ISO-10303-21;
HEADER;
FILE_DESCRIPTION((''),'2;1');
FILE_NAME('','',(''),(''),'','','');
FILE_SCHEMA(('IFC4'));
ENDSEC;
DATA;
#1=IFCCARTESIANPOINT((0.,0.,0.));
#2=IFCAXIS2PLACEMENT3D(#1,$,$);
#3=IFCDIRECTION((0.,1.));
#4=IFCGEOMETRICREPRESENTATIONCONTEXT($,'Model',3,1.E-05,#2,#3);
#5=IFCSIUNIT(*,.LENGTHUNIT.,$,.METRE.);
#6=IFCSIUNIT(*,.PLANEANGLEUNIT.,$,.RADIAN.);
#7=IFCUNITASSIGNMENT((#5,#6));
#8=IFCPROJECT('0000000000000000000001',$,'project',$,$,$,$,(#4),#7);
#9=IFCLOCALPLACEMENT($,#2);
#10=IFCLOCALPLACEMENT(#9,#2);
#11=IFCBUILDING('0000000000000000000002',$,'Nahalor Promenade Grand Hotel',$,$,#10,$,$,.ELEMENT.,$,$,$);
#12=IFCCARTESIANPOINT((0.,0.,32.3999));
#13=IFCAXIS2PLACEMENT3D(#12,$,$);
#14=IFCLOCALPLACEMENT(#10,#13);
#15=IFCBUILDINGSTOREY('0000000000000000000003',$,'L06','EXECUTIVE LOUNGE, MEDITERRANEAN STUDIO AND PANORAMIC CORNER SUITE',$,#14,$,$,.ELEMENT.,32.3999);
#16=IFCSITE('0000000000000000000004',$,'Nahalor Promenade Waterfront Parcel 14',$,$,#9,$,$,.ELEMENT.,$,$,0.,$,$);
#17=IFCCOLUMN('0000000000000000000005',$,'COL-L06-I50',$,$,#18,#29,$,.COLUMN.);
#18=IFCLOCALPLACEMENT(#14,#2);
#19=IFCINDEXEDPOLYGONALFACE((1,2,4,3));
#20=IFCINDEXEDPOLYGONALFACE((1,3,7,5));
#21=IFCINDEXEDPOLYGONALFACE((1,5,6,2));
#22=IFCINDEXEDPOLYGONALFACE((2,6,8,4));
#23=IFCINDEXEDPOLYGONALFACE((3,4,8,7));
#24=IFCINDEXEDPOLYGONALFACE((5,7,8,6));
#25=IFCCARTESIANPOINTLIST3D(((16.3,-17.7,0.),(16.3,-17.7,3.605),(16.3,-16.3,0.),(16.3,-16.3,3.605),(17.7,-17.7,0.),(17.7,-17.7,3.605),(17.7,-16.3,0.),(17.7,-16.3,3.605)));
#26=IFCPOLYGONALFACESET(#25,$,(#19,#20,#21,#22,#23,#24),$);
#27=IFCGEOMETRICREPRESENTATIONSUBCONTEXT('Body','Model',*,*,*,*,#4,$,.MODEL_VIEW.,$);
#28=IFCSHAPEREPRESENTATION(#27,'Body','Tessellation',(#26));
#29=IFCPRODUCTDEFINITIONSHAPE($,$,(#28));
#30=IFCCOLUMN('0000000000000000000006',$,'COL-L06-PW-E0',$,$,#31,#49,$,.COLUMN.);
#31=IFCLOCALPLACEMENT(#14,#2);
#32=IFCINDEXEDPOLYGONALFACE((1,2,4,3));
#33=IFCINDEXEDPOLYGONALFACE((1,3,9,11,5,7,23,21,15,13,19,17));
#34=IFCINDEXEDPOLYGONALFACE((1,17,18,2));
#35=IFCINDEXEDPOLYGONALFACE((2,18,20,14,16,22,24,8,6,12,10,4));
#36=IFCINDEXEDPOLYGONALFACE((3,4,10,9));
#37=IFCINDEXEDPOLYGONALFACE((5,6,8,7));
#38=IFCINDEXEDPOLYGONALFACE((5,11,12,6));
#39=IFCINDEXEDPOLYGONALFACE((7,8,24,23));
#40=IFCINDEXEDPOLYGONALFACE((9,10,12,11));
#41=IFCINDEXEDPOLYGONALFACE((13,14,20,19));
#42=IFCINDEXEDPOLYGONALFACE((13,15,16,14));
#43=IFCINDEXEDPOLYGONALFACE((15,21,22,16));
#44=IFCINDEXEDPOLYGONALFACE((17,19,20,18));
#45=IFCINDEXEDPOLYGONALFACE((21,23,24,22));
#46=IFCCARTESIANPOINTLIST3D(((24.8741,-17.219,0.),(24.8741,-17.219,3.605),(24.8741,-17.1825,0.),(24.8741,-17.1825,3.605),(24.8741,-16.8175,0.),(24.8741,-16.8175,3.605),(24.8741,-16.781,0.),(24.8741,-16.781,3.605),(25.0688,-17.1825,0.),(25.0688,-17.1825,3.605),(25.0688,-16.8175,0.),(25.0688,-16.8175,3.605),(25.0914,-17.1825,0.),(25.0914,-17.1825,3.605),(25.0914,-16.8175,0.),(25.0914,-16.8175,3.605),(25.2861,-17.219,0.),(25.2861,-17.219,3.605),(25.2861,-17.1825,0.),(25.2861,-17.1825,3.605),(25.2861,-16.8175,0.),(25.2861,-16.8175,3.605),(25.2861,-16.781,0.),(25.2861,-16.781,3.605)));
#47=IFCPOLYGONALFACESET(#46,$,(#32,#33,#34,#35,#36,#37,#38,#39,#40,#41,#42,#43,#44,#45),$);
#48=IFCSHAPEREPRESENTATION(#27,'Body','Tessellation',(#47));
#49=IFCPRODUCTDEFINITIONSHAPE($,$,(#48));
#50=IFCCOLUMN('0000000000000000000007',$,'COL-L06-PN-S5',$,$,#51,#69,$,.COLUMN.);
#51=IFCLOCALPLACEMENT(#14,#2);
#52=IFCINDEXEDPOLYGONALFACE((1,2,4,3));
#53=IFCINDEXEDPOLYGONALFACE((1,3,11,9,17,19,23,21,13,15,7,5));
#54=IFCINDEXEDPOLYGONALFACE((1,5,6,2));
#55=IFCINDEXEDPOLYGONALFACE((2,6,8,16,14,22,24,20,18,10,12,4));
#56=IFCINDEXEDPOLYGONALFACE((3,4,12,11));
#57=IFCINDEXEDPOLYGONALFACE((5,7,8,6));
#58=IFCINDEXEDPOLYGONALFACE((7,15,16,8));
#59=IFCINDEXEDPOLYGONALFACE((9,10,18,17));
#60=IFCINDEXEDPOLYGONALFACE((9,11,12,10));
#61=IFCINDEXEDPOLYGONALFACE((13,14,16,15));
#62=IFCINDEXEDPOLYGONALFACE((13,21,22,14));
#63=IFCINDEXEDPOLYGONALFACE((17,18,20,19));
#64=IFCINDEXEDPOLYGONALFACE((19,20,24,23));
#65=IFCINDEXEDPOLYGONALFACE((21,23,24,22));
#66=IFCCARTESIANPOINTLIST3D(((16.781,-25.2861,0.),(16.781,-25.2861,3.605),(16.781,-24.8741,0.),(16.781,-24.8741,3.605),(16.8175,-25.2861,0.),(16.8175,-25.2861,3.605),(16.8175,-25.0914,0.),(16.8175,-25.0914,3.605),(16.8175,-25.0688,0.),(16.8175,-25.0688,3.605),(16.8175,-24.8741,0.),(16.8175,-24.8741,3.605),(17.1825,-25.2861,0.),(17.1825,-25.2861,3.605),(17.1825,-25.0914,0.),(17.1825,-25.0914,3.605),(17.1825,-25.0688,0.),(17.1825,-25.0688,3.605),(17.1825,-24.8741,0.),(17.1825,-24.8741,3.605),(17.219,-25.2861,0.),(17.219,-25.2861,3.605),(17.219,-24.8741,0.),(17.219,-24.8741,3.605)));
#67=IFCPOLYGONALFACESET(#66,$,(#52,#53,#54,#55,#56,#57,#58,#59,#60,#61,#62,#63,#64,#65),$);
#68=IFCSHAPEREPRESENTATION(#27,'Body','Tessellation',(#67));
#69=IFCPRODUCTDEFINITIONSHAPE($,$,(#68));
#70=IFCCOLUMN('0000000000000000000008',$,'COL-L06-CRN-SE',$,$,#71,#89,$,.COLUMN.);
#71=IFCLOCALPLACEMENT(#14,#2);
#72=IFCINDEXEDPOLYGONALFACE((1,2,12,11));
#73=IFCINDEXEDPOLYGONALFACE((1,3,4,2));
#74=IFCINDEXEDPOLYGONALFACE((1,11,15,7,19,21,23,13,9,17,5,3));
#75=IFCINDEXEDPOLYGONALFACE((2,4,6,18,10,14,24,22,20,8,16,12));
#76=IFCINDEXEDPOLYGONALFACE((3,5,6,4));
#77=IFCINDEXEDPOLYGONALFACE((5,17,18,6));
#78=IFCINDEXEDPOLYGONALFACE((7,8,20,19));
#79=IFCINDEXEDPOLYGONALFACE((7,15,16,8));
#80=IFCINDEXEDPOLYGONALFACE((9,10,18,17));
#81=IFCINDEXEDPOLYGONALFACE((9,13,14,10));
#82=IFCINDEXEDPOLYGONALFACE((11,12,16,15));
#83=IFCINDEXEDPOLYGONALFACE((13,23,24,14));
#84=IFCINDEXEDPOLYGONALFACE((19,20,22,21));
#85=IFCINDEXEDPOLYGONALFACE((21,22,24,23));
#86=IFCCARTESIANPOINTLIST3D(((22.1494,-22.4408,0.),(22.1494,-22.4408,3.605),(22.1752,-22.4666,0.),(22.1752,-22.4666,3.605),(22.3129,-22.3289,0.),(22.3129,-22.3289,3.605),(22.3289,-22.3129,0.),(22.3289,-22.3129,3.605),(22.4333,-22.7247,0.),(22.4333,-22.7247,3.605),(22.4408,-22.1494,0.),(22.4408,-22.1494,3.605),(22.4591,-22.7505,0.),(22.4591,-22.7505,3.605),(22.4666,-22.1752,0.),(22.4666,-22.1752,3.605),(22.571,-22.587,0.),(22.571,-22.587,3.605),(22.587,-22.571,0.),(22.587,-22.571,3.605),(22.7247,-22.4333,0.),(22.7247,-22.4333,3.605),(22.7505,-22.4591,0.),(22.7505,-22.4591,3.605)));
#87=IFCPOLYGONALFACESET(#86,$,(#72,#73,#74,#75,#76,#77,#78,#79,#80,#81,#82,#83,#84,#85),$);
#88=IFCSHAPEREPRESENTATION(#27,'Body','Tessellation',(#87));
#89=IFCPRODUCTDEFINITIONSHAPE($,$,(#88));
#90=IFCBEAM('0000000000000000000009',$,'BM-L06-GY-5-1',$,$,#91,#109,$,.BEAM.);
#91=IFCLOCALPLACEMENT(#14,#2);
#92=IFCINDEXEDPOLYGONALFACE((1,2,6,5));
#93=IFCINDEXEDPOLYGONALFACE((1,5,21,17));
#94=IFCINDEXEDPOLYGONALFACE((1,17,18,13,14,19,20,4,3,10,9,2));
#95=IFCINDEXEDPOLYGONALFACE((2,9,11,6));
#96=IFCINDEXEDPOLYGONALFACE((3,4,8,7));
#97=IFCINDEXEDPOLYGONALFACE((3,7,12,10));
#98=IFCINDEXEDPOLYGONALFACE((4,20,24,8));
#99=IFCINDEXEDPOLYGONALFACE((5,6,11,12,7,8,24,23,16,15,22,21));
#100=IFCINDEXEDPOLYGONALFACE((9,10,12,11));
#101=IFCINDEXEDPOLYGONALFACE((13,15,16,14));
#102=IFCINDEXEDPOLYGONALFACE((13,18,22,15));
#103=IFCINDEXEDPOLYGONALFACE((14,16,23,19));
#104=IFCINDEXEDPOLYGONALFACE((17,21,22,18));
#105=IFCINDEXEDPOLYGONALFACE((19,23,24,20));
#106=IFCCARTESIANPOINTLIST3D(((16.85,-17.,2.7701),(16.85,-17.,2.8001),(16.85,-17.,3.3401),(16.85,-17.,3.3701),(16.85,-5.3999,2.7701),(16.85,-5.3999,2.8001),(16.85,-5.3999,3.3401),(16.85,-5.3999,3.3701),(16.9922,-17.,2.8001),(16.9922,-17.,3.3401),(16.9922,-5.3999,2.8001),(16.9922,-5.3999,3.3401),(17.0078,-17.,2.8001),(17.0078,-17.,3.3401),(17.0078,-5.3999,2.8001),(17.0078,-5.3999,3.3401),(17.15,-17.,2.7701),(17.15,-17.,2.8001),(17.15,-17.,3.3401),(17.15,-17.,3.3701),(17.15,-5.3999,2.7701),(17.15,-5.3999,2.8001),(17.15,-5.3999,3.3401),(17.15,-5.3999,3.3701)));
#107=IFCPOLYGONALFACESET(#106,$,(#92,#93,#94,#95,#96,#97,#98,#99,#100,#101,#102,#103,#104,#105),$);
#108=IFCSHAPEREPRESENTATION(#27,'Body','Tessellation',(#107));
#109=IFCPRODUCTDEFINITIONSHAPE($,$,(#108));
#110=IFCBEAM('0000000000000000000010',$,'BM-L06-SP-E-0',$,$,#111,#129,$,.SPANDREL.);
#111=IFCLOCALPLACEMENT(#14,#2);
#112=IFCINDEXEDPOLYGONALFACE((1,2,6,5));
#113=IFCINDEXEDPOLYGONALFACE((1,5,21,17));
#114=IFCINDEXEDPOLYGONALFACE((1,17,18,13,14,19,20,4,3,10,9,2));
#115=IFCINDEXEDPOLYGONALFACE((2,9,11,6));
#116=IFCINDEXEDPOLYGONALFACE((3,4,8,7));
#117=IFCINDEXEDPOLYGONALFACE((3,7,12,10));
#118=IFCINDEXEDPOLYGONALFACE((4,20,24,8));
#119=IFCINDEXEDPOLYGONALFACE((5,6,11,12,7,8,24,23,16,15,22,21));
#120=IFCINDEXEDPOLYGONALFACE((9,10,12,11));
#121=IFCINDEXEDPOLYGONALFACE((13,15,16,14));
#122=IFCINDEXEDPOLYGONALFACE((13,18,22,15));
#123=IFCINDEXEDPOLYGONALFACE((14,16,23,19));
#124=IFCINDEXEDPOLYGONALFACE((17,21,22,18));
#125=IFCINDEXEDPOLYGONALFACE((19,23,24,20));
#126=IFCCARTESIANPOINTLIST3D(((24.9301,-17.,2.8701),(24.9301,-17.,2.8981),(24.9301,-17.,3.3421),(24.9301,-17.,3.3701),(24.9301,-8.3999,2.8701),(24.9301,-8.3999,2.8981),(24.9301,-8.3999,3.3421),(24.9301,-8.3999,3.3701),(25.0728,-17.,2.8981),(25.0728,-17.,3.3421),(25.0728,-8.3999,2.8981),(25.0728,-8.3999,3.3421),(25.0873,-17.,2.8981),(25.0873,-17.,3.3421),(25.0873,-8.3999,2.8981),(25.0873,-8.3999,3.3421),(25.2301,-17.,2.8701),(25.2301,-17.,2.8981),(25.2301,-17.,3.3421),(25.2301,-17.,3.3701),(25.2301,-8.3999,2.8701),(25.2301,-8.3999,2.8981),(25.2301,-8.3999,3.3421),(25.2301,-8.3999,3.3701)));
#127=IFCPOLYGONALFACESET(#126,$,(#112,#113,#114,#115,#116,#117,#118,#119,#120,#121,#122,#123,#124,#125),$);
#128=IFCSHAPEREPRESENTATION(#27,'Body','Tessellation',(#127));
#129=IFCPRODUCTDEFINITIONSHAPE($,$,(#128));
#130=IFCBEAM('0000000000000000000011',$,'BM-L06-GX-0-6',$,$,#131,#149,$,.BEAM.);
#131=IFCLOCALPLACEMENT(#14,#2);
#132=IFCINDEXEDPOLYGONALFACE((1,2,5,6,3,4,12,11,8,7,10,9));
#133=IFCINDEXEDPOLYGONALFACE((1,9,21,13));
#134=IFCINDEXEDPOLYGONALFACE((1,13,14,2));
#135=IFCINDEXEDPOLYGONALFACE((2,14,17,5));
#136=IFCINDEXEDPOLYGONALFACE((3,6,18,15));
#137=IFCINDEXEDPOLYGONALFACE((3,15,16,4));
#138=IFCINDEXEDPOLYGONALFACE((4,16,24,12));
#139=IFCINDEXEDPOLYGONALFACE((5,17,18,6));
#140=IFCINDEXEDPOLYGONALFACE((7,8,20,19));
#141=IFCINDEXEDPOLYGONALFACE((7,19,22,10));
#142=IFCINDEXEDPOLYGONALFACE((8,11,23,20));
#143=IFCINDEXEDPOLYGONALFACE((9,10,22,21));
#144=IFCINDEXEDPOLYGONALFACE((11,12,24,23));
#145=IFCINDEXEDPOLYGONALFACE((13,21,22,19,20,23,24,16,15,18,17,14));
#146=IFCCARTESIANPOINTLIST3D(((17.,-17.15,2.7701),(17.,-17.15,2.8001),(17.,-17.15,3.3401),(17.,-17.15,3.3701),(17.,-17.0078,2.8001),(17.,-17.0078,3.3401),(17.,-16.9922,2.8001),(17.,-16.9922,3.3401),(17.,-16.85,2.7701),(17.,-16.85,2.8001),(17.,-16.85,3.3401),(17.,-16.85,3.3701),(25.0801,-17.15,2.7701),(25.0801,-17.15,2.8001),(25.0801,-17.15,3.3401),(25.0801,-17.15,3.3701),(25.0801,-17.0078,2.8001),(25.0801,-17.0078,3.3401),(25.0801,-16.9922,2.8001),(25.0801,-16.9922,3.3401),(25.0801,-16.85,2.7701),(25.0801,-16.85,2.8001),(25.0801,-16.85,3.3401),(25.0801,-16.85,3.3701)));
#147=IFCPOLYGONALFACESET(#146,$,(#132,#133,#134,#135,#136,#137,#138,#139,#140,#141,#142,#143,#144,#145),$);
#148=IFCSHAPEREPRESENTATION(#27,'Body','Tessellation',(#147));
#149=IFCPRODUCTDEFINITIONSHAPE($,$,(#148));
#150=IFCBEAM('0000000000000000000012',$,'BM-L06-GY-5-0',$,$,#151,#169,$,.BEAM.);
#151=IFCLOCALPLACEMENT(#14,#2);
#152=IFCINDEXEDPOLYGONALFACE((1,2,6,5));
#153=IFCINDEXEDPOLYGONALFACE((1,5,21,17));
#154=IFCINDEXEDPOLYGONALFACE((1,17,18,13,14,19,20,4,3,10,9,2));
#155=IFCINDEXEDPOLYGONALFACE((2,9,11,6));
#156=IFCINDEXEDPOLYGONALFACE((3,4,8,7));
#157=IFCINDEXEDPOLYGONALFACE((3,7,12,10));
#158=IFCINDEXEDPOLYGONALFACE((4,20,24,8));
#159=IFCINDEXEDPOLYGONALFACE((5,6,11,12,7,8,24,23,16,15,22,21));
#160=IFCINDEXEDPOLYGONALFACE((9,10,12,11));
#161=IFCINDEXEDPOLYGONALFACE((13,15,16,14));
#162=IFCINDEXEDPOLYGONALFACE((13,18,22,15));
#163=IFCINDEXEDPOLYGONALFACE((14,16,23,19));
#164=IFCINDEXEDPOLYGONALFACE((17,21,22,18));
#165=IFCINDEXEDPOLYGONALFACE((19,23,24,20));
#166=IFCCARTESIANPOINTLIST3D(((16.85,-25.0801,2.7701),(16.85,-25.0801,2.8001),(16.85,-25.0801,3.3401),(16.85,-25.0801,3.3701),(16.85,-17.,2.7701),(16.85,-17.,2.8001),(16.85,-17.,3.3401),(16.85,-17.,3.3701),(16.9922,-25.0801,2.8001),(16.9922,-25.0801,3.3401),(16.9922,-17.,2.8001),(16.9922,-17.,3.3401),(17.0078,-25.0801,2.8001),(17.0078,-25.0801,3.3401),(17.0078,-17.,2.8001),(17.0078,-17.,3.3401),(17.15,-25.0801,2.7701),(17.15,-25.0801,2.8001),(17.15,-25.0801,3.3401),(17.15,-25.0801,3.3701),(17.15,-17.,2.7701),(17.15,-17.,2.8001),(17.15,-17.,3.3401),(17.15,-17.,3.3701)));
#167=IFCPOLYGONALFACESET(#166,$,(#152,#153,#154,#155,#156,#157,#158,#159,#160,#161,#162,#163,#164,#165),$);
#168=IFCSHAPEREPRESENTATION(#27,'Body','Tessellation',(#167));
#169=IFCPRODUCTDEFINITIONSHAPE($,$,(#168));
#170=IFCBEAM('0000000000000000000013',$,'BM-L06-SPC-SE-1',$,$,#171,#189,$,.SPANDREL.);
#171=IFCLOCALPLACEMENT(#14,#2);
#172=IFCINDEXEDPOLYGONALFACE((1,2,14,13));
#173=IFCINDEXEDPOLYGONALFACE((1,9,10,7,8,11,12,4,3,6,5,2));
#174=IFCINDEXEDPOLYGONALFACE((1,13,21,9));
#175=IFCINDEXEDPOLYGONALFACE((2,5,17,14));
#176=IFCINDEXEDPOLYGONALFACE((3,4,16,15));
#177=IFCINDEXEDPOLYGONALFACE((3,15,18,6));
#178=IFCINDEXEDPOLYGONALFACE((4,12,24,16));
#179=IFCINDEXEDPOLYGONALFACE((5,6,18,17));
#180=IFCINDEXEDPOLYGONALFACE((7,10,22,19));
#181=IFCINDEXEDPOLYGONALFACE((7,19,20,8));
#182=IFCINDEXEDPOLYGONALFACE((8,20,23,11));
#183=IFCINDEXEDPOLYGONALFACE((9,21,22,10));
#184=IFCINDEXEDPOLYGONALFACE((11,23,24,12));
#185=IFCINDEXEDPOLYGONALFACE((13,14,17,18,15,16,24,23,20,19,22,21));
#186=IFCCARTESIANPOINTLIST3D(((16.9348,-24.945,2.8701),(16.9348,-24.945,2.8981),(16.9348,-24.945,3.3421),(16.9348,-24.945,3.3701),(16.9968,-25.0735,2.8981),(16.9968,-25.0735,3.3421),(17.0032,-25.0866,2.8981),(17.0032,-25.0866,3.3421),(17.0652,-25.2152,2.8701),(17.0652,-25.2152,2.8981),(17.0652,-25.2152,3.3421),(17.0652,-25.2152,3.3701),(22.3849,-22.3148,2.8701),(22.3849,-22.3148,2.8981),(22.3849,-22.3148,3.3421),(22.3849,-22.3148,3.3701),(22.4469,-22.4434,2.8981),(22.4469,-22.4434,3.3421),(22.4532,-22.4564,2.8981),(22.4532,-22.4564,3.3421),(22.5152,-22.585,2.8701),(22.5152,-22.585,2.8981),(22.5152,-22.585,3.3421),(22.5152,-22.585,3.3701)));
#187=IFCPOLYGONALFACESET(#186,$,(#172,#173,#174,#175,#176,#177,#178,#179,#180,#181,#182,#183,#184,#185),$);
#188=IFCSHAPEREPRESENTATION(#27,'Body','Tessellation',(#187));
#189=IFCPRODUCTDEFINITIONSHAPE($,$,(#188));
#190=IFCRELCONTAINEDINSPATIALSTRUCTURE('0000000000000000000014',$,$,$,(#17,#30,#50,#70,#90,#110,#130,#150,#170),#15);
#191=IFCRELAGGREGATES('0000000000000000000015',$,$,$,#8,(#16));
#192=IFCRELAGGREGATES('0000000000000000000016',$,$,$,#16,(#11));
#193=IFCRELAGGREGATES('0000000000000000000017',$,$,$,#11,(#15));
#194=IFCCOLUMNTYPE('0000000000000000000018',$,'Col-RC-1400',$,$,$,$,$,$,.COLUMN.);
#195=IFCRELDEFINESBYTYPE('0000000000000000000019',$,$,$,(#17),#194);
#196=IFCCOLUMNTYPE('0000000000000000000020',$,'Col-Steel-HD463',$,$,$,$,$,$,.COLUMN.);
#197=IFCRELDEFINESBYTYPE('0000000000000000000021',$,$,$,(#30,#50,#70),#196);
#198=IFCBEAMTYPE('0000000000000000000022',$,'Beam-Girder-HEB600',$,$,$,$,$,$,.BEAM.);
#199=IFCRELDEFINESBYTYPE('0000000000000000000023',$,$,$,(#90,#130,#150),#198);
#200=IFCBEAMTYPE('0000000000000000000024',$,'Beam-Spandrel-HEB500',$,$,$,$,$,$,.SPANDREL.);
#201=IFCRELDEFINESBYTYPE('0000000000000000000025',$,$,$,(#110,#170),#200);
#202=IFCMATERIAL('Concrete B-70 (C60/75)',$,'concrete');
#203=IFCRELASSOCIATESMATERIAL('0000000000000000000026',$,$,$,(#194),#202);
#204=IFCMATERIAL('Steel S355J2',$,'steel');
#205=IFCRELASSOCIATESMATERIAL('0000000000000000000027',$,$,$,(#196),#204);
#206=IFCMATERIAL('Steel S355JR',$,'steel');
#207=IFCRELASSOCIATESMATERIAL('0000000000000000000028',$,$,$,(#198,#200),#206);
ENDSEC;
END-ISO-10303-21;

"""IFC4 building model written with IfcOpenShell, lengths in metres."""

from ifc_helpers import new_model, si_unit, direction, frame, origin, origin_2d, place, context, subcontext, project, spatial, rectangle, i_section, extrude, source, transform, mapped, material, material_profile, profile_set, type_object, element, save


model = new_model("IFC4")

# Units and contexts
model_context = context("Model", 3, precision=1e-05, world=origin(), true_north=direction((0.0, 1.0)))
body_context = subcontext(model_context, "Body", "Model", "MODEL_VIEW")
ifc_project = project(units=[si_unit("LENGTHUNIT", "METRE"), si_unit("PLANEANGLEUNIT", "RADIAN")], contexts=[model_context])

# Site, building, storey
site_placement = place(None, origin())
site = spatial("IfcSite", under=ifc_project, at=site_placement, Name="Nahalor Promenade Waterfront Parcel 14", CompositionType="ELEMENT", RefElevation=0.0)
building_placement = place(site_placement, origin())
building = spatial("IfcBuilding", under=site, at=building_placement, Name="Nahalor Promenade Grand Hotel", CompositionType="ELEMENT")
storey_placement = place(building_placement, frame((0.0, 0.0, 32.3999)))
storey = spatial("IfcBuildingStorey", under=building, at=storey_placement, Name="L06", Description="EXECUTIVE LOUNGE, MEDITERRANEAN STUDIO AND PANORAMIC CORNER SUITE", CompositionType="ELEMENT", Elevation=32.3999)

# Columns
ifc_material_1 = material(Name="Concrete B-70 (C60/75)", Category="concrete")
ifc_material_profile_1 = material_profile(ifc_material_1, rectangle(XDim=1.4, YDim=1.4, at=origin_2d()), Name="RC 1400x1400")
ifc_profile_set_1 = profile_set([ifc_material_profile_1], Name="Concrete B-70 (C60/75)")
column_type_1 = type_object("IfcColumnType", Name="Col-RC-1400", PredefinedType="COLUMN", material=ifc_profile_set_1)
shared_shape_1 = source(origin(), body_context, "Body", "SweptSolid", [
    extrude(rectangle(XDim=1.4, YDim=1.4, at=origin_2d()), origin(), (0.0, 0.0, 1.0), 3.605),
])
column_placement = place(storey_placement, frame((17.0, -17.0, 0.0), z_axis=(0.0, 0.0, 1.0), x_axis=(1.0, 0.0, 0.0)))
element("IfcColumn", 1, at=column_placement, inside=storey, type_object=column_type_1, Name="COL-L06-I50", PredefinedType="COLUMN", context=body_context, shape_type="MappedRepresentation", body=[
    mapped(shared_shape_1, transform((0.0, 0.0, 0.0), scale=1.0)),
])
ifc_material_2 = material(Name="Steel S355J2", Category="steel")
ifc_material_profile_2 = material_profile(ifc_material_2, i_section(OverallWidth=0.412, OverallDepth=0.438, WebThickness=0.0226, FlangeThickness=0.0365, at=origin_2d()), Name="HD 400x463")
ifc_profile_set_2 = profile_set([ifc_material_profile_2], Name="Steel S355J2")
column_type_2 = type_object("IfcColumnType", Name="Col-Steel-HD463", PredefinedType="COLUMN", material=ifc_profile_set_2)
shared_shape_2 = source(origin(), body_context, "Body", "SweptSolid", [
    extrude(i_section(OverallWidth=0.412, OverallDepth=0.438, WebThickness=0.0226, FlangeThickness=0.0365, at=origin_2d()), origin(), (0.0, 0.0, 1.0), 3.605),
])
for number, where, z_axis, x_axis, name in (
    (2, (25.0801, -17.0, 0.0), (0.0, 0.0, 1.0), (1.0, 0.0, 0.0), "COL-L06-PW-E0"),
    (3, (17.0, -25.0801, 0.0), (0.0, 0.0, 1.0), (0.0, 1.0, 0.0), "COL-L06-PN-S5"),
    (4, (22.45, -22.45, 0.0), (0.0, 0.0, 1.0), (0.707107, 0.707107, 0.0), "COL-L06-CRN-SE"),
):
    element("IfcColumn", number, at=place(storey_placement, frame(where, z_axis=z_axis, x_axis=x_axis)), inside=storey, type_object=column_type_2, Name=name, PredefinedType="COLUMN", context=body_context, shape_type="MappedRepresentation", body=[
        mapped(shared_shape_2, transform((0.0, 0.0, 0.0), scale=1.0)),
    ])

# Beams
ifc_material_3 = material(Name="Steel S355JR", Category="steel")
ifc_material_profile_3 = material_profile(ifc_material_3, i_section(OverallWidth=0.3, OverallDepth=0.6, WebThickness=0.0155, FlangeThickness=0.03, at=origin_2d()), Name="HEB 600")
ifc_profile_set_3 = profile_set([ifc_material_profile_3], Name="Steel S355JR")
beam_type_1 = type_object("IfcBeamType", Name="Beam-Girder-HEB600", PredefinedType="BEAM", material=ifc_profile_set_3)
shared_shape_3 = source(origin(), body_context, "Body", "SweptSolid", [
    extrude(i_section(OverallWidth=0.3, OverallDepth=0.6, WebThickness=0.0155, FlangeThickness=0.03, at=origin_2d()), origin(), (0.0, 0.0, 1.0), 11.6001),
])
beam_1_placement = place(storey_placement, frame((17.0, -17.0, 3.0701), z_axis=(0.0, 1.0, 0.0), x_axis=(-1.0, 0.0, 0.0)))
element("IfcBeam", 5, at=beam_1_placement, inside=storey, type_object=beam_type_1, Name="BM-L06-GY-5-1", PredefinedType="BEAM", context=body_context, shape_type="MappedRepresentation", body=[
    mapped(shared_shape_3, transform((0.0, 0.0, 0.0), scale=1.0)),
])
ifc_material_profile_4 = material_profile(ifc_material_3, i_section(OverallWidth=0.3, OverallDepth=0.5, WebThickness=0.0145, FlangeThickness=0.028, at=origin_2d()), Name="HEB 500")
ifc_profile_set_4 = profile_set([ifc_material_profile_4], Name="Steel S355JR")
beam_type_2 = type_object("IfcBeamType", Name="Beam-Spandrel-HEB500", PredefinedType="SPANDREL", material=ifc_profile_set_4)
shared_shape_4 = source(origin(), body_context, "Body", "SweptSolid", [
    extrude(i_section(OverallWidth=0.3, OverallDepth=0.5, WebThickness=0.0145, FlangeThickness=0.028, at=origin_2d()), origin(), (0.0, 0.0, 1.0), 8.6001),
])
beam_2_placement = place(storey_placement, frame((25.0801, -17.0, 3.1201), z_axis=(0.0, 1.0, 0.0), x_axis=(-1.0, 0.0, 0.0)))
element("IfcBeam", 6, at=beam_2_placement, inside=storey, type_object=beam_type_2, Name="BM-L06-SP-E-0", PredefinedType="SPANDREL", context=body_context, shape_type="MappedRepresentation", body=[
    mapped(shared_shape_4, transform((0.0, 0.0, 0.0), scale=1.0)),
])
shared_shape_5 = source(origin(), body_context, "Body", "SweptSolid", [
    extrude(i_section(OverallWidth=0.3, OverallDepth=0.6, WebThickness=0.0155, FlangeThickness=0.03, at=origin_2d()), origin(), (0.0, 0.0, 1.0), 8.0801),
])
for number, where, z_axis, x_axis, name in (
    (7, (17.0, -17.0, 3.0701), (1.0, 0.0, 0.0), (0.0, 1.0, 0.0), "BM-L06-GX-0-6"),
    (8, (17.0, -25.0801, 3.0701), (0.0, 1.0, 0.0), (-1.0, 0.0, 0.0), "BM-L06-GY-5-0"),
):
    element("IfcBeam", number, at=place(storey_placement, frame(where, z_axis=z_axis, x_axis=x_axis)), inside=storey, type_object=beam_type_1, Name=name, PredefinedType="BEAM", context=body_context, shape_type="MappedRepresentation", body=[
        mapped(shared_shape_5, transform((0.0, 0.0, 0.0), scale=1.0)),
    ])
shared_shape_6 = source(origin(), body_context, "Body", "SweptSolid", [
    extrude(i_section(OverallWidth=0.3, OverallDepth=0.5, WebThickness=0.0145, FlangeThickness=0.028, at=origin_2d()), origin(), (0.0, 0.0, 1.0), 6.0515),
])
for number, where, z_axis, x_axis, name in (
    (9, (17.0, -25.0801, 3.1201), (0.900609, 0.434631, 0.0), (-0.434631, 0.900609, 0.0), "BM-L06-SPC-SE-1"),
):
    element("IfcBeam", number, at=place(storey_placement, frame(where, z_axis=z_axis, x_axis=x_axis)), inside=storey, type_object=beam_type_2, Name=name, PredefinedType="SPANDREL", context=body_context, shape_type="MappedRepresentation", body=[
        mapped(shared_shape_6, transform((0.0, 0.0, 0.0), scale=1.0)),
    ])

save(model, "model.ifc")
